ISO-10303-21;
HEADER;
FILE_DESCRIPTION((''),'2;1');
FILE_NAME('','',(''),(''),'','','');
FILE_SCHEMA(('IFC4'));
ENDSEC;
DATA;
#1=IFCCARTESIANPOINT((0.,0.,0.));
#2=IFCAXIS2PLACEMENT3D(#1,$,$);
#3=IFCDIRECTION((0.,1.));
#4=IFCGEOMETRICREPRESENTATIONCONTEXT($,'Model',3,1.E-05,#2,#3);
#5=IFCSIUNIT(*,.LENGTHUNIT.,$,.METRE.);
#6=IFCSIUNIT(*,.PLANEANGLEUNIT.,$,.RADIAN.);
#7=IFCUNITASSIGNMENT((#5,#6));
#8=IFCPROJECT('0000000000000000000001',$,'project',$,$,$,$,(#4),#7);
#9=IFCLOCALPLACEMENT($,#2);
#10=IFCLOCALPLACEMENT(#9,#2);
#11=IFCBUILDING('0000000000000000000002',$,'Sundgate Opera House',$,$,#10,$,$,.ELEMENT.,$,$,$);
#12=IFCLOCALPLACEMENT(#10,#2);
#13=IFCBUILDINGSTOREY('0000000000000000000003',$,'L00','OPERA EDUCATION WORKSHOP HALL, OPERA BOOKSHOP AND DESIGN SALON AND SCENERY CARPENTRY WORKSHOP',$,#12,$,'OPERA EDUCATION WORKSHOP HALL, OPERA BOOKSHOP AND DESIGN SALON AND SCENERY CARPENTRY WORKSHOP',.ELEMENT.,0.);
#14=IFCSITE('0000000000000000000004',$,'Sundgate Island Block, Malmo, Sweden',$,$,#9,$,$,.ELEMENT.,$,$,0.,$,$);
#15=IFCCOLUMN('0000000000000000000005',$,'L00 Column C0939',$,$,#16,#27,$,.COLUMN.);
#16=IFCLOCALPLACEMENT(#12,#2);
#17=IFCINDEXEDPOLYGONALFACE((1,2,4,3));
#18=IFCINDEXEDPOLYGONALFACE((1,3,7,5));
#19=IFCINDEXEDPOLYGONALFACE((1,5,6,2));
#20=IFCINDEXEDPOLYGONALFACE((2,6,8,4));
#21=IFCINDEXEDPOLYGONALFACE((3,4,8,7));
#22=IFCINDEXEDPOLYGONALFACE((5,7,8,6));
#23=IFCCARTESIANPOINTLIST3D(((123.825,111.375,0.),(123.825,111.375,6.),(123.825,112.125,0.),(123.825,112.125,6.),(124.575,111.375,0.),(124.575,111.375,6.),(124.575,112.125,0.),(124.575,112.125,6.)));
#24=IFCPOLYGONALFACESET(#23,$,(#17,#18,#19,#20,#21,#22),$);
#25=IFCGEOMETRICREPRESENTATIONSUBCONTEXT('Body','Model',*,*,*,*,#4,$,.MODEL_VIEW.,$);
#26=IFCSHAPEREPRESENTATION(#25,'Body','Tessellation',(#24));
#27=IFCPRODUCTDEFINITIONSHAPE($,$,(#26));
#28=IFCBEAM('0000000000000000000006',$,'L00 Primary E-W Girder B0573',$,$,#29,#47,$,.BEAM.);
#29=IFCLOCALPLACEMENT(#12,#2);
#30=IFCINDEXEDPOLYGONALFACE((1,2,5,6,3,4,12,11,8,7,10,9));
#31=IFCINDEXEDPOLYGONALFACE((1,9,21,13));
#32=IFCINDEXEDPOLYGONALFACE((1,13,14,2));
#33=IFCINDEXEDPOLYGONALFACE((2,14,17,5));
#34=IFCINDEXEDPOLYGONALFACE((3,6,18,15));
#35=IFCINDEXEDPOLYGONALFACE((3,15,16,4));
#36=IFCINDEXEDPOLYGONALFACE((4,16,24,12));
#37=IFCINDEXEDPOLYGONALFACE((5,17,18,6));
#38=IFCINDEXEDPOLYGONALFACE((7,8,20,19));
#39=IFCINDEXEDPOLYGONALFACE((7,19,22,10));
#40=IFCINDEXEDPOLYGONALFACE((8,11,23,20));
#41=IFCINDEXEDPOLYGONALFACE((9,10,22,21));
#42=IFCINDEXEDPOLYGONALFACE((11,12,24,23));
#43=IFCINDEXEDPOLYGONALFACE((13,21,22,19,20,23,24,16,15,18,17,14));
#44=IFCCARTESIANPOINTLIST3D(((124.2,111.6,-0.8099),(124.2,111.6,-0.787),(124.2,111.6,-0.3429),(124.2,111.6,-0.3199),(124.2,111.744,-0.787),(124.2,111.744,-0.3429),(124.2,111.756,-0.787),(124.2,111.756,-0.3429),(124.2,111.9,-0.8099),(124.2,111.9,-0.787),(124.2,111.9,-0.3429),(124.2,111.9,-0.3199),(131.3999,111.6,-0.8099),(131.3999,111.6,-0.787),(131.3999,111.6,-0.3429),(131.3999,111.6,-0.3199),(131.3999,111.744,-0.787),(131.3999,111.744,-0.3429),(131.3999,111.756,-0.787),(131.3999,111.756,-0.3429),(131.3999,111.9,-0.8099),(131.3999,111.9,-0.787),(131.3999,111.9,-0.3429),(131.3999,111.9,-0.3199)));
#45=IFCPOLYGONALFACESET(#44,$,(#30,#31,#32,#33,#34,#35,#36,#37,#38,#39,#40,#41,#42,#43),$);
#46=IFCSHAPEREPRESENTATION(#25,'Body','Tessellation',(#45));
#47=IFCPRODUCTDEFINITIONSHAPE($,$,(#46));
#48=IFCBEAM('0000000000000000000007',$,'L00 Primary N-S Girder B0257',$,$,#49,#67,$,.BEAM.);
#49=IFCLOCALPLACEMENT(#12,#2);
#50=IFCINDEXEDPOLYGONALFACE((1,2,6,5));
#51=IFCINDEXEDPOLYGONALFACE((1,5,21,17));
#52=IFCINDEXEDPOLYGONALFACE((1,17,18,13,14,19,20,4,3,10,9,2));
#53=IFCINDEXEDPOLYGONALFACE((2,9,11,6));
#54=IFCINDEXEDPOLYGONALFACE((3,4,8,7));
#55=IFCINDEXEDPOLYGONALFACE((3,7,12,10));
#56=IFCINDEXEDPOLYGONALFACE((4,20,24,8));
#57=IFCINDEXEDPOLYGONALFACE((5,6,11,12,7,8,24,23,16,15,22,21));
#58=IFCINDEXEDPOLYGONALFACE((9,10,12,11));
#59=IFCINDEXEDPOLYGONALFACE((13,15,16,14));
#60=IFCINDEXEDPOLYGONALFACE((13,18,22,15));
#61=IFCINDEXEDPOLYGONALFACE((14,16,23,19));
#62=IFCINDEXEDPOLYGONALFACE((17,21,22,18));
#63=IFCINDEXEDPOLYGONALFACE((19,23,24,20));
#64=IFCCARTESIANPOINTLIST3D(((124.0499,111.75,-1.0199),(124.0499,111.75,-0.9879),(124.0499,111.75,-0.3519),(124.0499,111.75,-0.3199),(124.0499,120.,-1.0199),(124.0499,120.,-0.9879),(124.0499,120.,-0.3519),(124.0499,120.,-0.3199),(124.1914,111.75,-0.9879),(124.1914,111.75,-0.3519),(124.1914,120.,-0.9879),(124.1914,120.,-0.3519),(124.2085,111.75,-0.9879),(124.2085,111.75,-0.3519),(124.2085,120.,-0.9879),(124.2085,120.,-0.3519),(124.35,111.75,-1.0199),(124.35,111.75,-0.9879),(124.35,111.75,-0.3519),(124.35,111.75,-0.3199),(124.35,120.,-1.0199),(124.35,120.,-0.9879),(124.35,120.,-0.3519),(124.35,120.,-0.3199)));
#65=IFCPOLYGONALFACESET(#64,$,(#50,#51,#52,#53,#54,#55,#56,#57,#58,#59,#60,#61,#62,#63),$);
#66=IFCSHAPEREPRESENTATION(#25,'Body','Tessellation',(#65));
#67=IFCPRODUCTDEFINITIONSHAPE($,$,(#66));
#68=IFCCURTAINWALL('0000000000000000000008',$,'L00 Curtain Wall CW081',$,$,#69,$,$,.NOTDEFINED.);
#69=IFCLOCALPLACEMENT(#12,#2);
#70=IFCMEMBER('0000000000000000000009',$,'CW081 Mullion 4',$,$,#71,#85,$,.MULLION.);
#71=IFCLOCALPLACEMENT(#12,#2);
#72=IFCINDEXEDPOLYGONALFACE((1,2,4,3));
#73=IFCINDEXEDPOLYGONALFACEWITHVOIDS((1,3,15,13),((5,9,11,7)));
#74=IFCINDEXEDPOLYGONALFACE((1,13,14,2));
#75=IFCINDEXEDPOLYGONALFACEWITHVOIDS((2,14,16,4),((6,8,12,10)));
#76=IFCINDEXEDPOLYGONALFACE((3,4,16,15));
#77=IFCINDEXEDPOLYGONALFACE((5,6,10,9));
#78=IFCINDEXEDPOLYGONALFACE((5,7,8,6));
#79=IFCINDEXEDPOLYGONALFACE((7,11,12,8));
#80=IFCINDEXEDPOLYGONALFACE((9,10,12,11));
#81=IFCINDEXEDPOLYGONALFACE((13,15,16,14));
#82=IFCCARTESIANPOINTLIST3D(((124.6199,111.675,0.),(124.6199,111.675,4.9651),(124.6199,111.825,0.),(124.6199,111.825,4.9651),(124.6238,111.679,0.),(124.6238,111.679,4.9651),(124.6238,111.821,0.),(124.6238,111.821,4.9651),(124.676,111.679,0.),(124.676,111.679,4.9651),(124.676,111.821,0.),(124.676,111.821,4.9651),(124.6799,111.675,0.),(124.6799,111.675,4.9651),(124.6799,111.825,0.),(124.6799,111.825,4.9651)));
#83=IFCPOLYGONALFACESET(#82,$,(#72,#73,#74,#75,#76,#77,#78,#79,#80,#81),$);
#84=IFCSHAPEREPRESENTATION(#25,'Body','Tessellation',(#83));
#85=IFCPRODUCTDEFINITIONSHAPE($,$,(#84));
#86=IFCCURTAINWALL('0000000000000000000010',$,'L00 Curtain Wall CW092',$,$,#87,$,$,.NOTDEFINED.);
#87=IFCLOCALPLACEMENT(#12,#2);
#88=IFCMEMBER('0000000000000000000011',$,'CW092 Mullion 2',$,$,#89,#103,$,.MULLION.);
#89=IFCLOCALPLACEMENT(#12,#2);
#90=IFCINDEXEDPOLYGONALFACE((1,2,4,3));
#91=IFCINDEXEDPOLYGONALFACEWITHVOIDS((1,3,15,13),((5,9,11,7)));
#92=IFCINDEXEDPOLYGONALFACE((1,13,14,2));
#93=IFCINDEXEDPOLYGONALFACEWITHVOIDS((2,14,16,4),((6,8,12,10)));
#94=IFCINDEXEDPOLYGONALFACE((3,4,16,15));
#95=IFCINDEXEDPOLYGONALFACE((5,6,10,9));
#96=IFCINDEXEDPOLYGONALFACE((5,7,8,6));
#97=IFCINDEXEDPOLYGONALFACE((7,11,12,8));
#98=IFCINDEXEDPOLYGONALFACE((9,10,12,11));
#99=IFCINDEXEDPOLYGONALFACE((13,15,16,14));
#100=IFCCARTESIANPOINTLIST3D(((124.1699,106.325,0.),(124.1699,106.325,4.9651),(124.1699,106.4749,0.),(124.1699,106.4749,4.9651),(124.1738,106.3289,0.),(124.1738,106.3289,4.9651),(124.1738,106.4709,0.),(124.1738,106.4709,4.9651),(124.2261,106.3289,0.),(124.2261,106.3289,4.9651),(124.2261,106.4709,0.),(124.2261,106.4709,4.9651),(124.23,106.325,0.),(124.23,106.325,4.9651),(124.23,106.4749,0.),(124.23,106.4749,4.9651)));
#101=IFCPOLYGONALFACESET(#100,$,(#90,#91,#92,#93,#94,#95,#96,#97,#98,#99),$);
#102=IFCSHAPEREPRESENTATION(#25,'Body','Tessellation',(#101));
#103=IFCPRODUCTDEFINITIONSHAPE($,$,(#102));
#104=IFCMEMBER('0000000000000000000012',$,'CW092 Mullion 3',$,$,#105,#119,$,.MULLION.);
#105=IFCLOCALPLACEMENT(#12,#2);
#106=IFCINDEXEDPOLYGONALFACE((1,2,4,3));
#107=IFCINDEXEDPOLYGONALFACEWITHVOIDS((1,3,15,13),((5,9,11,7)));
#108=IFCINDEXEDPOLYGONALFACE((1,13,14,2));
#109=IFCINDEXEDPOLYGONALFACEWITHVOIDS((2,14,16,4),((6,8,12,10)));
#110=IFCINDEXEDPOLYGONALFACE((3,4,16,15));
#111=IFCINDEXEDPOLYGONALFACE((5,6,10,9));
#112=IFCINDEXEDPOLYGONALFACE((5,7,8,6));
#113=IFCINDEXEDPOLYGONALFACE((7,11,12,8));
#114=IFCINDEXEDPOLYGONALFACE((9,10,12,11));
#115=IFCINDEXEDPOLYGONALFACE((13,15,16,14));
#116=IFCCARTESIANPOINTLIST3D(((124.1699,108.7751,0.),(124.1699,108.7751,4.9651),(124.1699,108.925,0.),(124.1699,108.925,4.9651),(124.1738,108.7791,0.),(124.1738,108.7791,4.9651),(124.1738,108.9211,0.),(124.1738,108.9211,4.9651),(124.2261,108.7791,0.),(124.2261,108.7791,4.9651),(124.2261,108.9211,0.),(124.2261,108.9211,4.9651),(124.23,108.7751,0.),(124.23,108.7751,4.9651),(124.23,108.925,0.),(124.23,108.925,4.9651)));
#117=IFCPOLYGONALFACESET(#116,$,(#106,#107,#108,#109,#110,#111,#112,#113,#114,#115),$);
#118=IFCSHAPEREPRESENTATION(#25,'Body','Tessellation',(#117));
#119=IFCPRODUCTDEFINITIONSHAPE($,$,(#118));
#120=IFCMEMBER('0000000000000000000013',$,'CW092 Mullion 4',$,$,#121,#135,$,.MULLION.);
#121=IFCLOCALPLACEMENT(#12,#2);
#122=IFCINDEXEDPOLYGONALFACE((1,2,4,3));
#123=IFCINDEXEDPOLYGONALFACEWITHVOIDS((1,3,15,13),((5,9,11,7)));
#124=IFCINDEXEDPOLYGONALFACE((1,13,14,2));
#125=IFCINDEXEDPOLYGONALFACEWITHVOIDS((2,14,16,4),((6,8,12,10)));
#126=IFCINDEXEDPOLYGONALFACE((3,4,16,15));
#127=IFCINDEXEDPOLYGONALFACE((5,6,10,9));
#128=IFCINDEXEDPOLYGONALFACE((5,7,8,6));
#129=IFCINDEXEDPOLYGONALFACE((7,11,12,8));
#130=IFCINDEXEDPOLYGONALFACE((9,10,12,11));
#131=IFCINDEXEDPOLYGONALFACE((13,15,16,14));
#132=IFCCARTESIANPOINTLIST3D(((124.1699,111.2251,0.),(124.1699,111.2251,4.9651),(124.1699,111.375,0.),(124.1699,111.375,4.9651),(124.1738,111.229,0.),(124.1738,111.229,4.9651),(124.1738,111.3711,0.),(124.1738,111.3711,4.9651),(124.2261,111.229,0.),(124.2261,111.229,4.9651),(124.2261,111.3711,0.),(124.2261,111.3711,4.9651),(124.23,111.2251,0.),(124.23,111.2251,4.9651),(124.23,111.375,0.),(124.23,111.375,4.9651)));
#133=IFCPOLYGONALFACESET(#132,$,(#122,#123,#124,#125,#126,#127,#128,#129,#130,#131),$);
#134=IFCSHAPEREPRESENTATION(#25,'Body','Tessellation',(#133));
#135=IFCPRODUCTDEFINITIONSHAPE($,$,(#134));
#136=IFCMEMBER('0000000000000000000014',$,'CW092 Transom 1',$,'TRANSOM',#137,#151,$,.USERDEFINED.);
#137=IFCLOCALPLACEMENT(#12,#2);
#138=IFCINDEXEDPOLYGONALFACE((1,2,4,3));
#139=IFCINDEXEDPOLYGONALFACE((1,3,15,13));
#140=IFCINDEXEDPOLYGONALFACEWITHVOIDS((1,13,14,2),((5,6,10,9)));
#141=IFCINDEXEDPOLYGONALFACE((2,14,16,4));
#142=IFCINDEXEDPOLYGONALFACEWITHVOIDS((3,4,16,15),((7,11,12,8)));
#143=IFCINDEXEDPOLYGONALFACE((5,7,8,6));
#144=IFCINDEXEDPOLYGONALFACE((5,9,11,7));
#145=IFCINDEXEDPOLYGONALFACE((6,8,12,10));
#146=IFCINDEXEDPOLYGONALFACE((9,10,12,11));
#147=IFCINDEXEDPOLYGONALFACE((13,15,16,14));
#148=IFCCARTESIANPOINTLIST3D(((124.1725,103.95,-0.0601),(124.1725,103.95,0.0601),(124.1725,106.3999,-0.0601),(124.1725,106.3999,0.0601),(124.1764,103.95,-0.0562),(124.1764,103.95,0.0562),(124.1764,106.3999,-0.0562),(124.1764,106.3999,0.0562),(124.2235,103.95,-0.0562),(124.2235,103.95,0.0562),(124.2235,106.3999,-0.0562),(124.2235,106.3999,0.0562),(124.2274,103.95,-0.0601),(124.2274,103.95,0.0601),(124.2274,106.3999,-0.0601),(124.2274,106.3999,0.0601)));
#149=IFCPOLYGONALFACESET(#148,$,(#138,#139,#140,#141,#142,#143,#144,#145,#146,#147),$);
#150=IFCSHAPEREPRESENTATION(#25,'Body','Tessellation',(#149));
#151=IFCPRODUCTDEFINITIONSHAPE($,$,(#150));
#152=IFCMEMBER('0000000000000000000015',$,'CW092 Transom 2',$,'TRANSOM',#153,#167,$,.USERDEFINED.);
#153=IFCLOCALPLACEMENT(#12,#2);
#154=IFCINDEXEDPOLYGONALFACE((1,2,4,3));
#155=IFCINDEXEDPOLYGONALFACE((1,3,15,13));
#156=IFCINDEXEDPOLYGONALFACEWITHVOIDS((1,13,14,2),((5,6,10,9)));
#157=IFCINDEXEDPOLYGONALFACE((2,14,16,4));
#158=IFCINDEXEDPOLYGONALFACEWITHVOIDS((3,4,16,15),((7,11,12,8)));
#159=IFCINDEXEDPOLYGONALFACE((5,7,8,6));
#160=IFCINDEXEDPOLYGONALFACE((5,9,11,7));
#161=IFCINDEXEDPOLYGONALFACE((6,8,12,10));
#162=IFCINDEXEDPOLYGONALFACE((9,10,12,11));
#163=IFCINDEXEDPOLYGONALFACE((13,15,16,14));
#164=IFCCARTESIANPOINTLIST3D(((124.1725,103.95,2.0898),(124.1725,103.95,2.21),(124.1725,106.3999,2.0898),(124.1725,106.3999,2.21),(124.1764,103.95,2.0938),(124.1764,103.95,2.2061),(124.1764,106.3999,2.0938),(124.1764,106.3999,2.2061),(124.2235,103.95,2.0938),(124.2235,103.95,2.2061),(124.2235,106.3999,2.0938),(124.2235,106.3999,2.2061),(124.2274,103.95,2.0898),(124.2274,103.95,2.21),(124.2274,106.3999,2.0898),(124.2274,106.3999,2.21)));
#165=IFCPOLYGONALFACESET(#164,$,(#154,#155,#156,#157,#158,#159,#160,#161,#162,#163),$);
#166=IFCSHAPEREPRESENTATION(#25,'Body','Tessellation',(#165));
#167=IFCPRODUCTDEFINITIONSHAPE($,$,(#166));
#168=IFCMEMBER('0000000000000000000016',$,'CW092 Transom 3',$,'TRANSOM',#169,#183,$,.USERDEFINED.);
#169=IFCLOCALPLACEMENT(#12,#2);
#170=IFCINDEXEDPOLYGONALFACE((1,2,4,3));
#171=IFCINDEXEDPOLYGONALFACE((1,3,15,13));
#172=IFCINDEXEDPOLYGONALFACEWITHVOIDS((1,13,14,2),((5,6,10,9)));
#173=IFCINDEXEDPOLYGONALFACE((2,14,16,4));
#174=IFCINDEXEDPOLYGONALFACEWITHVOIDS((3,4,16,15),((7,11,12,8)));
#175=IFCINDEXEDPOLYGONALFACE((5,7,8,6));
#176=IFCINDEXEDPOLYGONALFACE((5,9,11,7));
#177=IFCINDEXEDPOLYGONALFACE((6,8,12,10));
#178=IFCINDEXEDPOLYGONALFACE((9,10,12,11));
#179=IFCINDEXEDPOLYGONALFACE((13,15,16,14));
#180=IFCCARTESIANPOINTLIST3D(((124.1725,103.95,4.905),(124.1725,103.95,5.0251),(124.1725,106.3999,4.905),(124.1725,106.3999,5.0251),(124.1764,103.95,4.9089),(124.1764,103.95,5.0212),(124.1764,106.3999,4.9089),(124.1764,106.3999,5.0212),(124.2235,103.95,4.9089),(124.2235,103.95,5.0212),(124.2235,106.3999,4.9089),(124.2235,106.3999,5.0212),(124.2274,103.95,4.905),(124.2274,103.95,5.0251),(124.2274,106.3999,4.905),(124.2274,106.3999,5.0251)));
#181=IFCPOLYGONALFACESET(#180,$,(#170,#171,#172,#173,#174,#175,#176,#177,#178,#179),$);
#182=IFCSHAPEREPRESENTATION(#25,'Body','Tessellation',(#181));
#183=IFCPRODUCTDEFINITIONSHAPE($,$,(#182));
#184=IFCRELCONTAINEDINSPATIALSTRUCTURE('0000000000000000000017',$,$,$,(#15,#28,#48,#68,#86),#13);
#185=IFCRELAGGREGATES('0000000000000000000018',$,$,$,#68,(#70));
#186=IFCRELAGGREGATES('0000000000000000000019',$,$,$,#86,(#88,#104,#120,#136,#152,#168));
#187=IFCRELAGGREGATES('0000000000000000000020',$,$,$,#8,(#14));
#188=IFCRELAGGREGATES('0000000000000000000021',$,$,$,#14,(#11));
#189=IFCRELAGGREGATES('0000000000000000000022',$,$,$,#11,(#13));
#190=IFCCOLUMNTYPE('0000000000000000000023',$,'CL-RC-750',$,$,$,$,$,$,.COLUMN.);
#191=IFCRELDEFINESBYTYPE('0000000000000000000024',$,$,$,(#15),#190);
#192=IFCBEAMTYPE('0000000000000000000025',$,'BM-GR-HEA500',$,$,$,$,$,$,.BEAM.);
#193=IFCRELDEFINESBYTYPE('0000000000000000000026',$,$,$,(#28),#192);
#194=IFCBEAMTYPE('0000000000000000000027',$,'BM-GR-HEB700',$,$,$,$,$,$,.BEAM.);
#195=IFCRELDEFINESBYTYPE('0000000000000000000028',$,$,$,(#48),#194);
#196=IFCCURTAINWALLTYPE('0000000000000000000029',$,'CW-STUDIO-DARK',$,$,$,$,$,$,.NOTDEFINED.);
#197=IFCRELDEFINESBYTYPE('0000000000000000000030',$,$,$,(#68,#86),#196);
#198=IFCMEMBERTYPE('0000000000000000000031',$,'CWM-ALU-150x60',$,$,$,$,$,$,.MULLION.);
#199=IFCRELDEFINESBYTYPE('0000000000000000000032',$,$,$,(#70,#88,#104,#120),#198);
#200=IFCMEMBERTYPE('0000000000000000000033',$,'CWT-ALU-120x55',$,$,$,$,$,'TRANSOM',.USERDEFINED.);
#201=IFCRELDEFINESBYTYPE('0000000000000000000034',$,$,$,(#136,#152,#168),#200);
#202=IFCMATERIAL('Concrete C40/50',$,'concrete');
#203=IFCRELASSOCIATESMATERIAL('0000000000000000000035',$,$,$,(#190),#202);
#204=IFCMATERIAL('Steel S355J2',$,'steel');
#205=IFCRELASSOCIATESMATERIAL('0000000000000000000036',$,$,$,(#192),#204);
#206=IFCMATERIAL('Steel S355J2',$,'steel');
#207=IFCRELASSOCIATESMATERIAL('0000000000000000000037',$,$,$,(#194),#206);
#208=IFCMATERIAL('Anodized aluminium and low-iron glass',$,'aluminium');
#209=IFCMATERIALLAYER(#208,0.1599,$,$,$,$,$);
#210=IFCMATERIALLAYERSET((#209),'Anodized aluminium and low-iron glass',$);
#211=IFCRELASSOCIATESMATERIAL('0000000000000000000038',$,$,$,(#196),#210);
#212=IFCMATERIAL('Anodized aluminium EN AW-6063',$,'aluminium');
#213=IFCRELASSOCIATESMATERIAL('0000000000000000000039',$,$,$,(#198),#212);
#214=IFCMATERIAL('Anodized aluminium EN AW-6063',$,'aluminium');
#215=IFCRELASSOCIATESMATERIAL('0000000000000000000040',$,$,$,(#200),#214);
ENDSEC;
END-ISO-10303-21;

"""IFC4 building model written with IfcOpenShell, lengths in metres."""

from ifc_helpers import new_model, si_unit, direction, frame, origin, origin_2d, place, context, subcontext, project, spatial, rectangle, hollow_rectangle, i_section, extrude, material, layer, layer_set, material_profile, profile_set, type_object, element, aggregate, save


model = new_model("IFC4")

# Units and contexts
model_context = context("Model", 3, precision=1e-05, world=origin(), true_north=direction((0.0, 1.0)))
body_context = subcontext(model_context, "Body", "Model", "MODEL_VIEW")
ifc_project = project(units=[si_unit("LENGTHUNIT", "METRE"), si_unit("PLANEANGLEUNIT", "RADIAN")], contexts=[model_context])

# Site, building, storey
site_placement = place(None, origin())
site = spatial("IfcSite", under=ifc_project, at=site_placement, Name="Sundgate Island Block, Malmo, Sweden", CompositionType="ELEMENT", RefElevation=0.0)
building_placement = place(site_placement, origin())
building = spatial("IfcBuilding", under=site, at=building_placement, Name="Sundgate Opera House", CompositionType="ELEMENT")
storey_placement = place(building_placement, origin())
storey = spatial("IfcBuildingStorey", under=building, at=storey_placement, Name="L00", Description="OPERA EDUCATION WORKSHOP HALL, OPERA BOOKSHOP AND DESIGN SALON AND SCENERY CARPENTRY WORKSHOP", LongName="OPERA EDUCATION WORKSHOP HALL, OPERA BOOKSHOP AND DESIGN SALON AND SCENERY CARPENTRY WORKSHOP", CompositionType="ELEMENT", Elevation=0.0)

# Column
ifc_material_1 = material(Name="Concrete C40/50", Category="concrete")
ifc_material_profile_1 = material_profile(ifc_material_1, rectangle(XDim=0.75, YDim=0.75, at=origin_2d()), Name="RC 750x750")
ifc_profile_set_1 = profile_set([ifc_material_profile_1], Name="Concrete C40/50")
column_type = type_object("IfcColumnType", Name="CL-RC-750", PredefinedType="COLUMN", material=ifc_profile_set_1)
column_placement = place(storey_placement, frame((124.2, 111.75, 0.0), z_axis=(0.0, 0.0, 1.0), x_axis=(1.0, 0.0, 0.0)))
element("IfcColumn", 1, at=column_placement, inside=storey, type_object=column_type, Name="L00 Column C0939", PredefinedType="COLUMN", context=body_context, shape_type="SweptSolid", body=[
    extrude(rectangle(XDim=0.75, YDim=0.75, at=origin_2d()), origin(), (0.0, 0.0, 1.0), 6.0),
])

# Beams
ifc_material_2 = material(Name="Steel S355J2", Category="steel")
ifc_material_profile_2 = material_profile(ifc_material_2, i_section(OverallWidth=0.3, OverallDepth=0.49, WebThickness=0.012, FlangeThickness=0.0229, at=origin_2d()), Name="HEA 500")
ifc_profile_set_2 = profile_set([ifc_material_profile_2], Name="Steel S355J2")
beam_type_1 = type_object("IfcBeamType", Name="BM-GR-HEA500", PredefinedType="BEAM", material=ifc_profile_set_2)
beam_1_placement = place(storey_placement, frame((124.2, 111.75, -0.5649), z_axis=(1.0, 0.0, 0.0), x_axis=(0.0, 1.0, 0.0)))
element("IfcBeam", 2, at=beam_1_placement, inside=storey, type_object=beam_type_1, Name="L00 Primary E-W Girder B0573", PredefinedType="BEAM", context=body_context, shape_type="SweptSolid", body=[
    extrude(i_section(OverallWidth=0.3, OverallDepth=0.49, WebThickness=0.012, FlangeThickness=0.0229, at=origin_2d()), origin(), (0.0, 0.0, 1.0), 7.2),
])
ifc_material_3 = material(Name="Steel S355J2", Category="steel")
ifc_material_profile_3 = material_profile(ifc_material_3, i_section(OverallWidth=0.3, OverallDepth=0.7, WebThickness=0.0171, FlangeThickness=0.032, at=origin_2d()), Name="HEB 700")
ifc_profile_set_3 = profile_set([ifc_material_profile_3], Name="Steel S355J2")
beam_type_2 = type_object("IfcBeamType", Name="BM-GR-HEB700", PredefinedType="BEAM", material=ifc_profile_set_3)
beam_2_placement = place(storey_placement, frame((124.2, 111.75, -0.6699), z_axis=(0.0, 1.0, 0.0), x_axis=(-1.0, 0.0, 0.0)))
element("IfcBeam", 3, at=beam_2_placement, inside=storey, type_object=beam_type_2, Name="L00 Primary N-S Girder B0257", PredefinedType="BEAM", context=body_context, shape_type="SweptSolid", body=[
    extrude(i_section(OverallWidth=0.3, OverallDepth=0.7, WebThickness=0.0171, FlangeThickness=0.032, at=origin_2d()), origin(), (0.0, 0.0, 1.0), 8.25),
])

# Curtain wall, member
ifc_material_4 = material(Name="Anodized aluminium and low-iron glass", Category="aluminium")
ifc_layer_1 = layer(ifc_material_4, 0.1599)
ifc_layer_set_1 = layer_set([ifc_layer_1], Name="Anodized aluminium and low-iron glass")
curtain_wall_type = type_object("IfcCurtainWallType", Name="CW-STUDIO-DARK", PredefinedType="NOTDEFINED", material=ifc_layer_set_1)
curtain_wall_1_placement = place(storey_placement, origin())
curtain_wall_1 = element("IfcCurtainWall", 4, at=curtain_wall_1_placement, inside=storey, type_object=curtain_wall_type, Name="L00 Curtain Wall CW081", PredefinedType="NOTDEFINED")
ifc_material_5 = material(Name="Anodized aluminium EN AW-6063", Category="aluminium")
ifc_material_profile_4 = material_profile(ifc_material_5, hollow_rectangle(XDim=0.0601, YDim=0.1499, WallThickness=0.0039, at=origin_2d()), Name="CWM 150x60x4")
ifc_profile_set_4 = profile_set([ifc_material_profile_4], Name="Anodized aluminium EN AW-6063")
member_type_1 = type_object("IfcMemberType", Name="CWM-ALU-150x60", PredefinedType="MULLION", material=ifc_profile_set_4)
member_1_placement = place(storey_placement, frame((124.6499, 111.75, 0.0), z_axis=(0.0, 0.0, 1.0), x_axis=(1.0, 0.0, 0.0)))
member_1 = element("IfcMember", 5, at=member_1_placement, type_object=member_type_1, Name="CW081 Mullion 4", PredefinedType="MULLION", context=body_context, shape_type="SweptSolid", body=[
    extrude(hollow_rectangle(XDim=0.0601, YDim=0.1499, WallThickness=0.0039, at=origin_2d()), origin(), (0.0, 0.0, 1.0), 4.9651),
])
aggregate(curtain_wall_1, [member_1])

# Curtain wall, members
curtain_wall_2_placement = place(storey_placement, origin())
curtain_wall_2 = element("IfcCurtainWall", 6, at=curtain_wall_2_placement, inside=storey, type_object=curtain_wall_type, Name="L00 Curtain Wall CW092", PredefinedType="NOTDEFINED")
member_2_placement = place(storey_placement, frame((124.2, 106.3999, 0.0), z_axis=(0.0, 0.0, 1.0), x_axis=(1.0, 0.0, 0.0)))
member_2 = element("IfcMember", 7, at=member_2_placement, type_object=member_type_1, Name="CW092 Mullion 2", PredefinedType="MULLION", context=body_context, shape_type="SweptSolid", body=[
    extrude(hollow_rectangle(XDim=0.0601, YDim=0.1499, WallThickness=0.0039, at=origin_2d()), origin(), (0.0, 0.0, 1.0), 4.9651),
])
member_3_placement = place(storey_placement, frame((124.2, 108.8501, 0.0), z_axis=(0.0, 0.0, 1.0), x_axis=(1.0, 0.0, 0.0)))
member_3 = element("IfcMember", 8, at=member_3_placement, type_object=member_type_1, Name="CW092 Mullion 3", PredefinedType="MULLION", context=body_context, shape_type="SweptSolid", body=[
    extrude(hollow_rectangle(XDim=0.0601, YDim=0.1499, WallThickness=0.0039, at=origin_2d()), origin(), (0.0, 0.0, 1.0), 4.9651),
])
member_4_placement = place(storey_placement, frame((124.2, 111.3, 0.0), z_axis=(0.0, 0.0, 1.0), x_axis=(1.0, 0.0, 0.0)))
member_4 = element("IfcMember", 9, at=member_4_placement, type_object=member_type_1, Name="CW092 Mullion 4", PredefinedType="MULLION", context=body_context, shape_type="SweptSolid", body=[
    extrude(hollow_rectangle(XDim=0.0601, YDim=0.1499, WallThickness=0.0039, at=origin_2d()), origin(), (0.0, 0.0, 1.0), 4.9651),
])
ifc_material_6 = material(Name="Anodized aluminium EN AW-6063", Category="aluminium")
ifc_material_profile_5 = material_profile(ifc_material_6, hollow_rectangle(XDim=0.0549, YDim=0.1201, WallThickness=0.0039, at=origin_2d()), Name="CWT 120x55x4")
ifc_profile_set_5 = profile_set([ifc_material_profile_5], Name="Anodized aluminium EN AW-6063")
member_type_2 = type_object("IfcMemberType", Name="CWT-ALU-120x55", ElementType="TRANSOM", PredefinedType="USERDEFINED", material=ifc_profile_set_5)
member_5_placement = place(storey_placement, frame((124.2, 103.95, 0.0), z_axis=(0.0, 1.0, 0.0), x_axis=(-1.0, 0.0, 0.0)))
member_5 = element("IfcMember", 10, at=member_5_placement, type_object=member_type_2, Name="CW092 Transom 1", ObjectType="TRANSOM", PredefinedType="USERDEFINED", context=body_context, shape_type="SweptSolid", body=[
    extrude(hollow_rectangle(XDim=0.0549, YDim=0.1201, WallThickness=0.0039, at=origin_2d()), origin(), (0.0, 0.0, 1.0), 2.45),
])
member_6_placement = place(storey_placement, frame((124.2, 103.95, 2.1499), z_axis=(0.0, 1.0, 0.0), x_axis=(-1.0, 0.0, 0.0)))
member_6 = element("IfcMember", 11, at=member_6_placement, type_object=member_type_2, Name="CW092 Transom 2", ObjectType="TRANSOM", PredefinedType="USERDEFINED", context=body_context, shape_type="SweptSolid", body=[
    extrude(hollow_rectangle(XDim=0.0549, YDim=0.1201, WallThickness=0.0039, at=origin_2d()), origin(), (0.0, 0.0, 1.0), 2.45),
])
member_7_placement = place(storey_placement, frame((124.2, 103.95, 4.9651), z_axis=(0.0, 1.0, 0.0), x_axis=(-1.0, 0.0, 0.0)))
member_7 = element("IfcMember", 12, at=member_7_placement, type_object=member_type_2, Name="CW092 Transom 3", ObjectType="TRANSOM", PredefinedType="USERDEFINED", context=body_context, shape_type="SweptSolid", body=[
    extrude(hollow_rectangle(XDim=0.0549, YDim=0.1201, WallThickness=0.0039, at=origin_2d()), origin(), (0.0, 0.0, 1.0), 2.45),
])
aggregate(curtain_wall_2, [member_2, member_3, member_4, member_5, member_6, member_7])

save(model, "model.ifc")
